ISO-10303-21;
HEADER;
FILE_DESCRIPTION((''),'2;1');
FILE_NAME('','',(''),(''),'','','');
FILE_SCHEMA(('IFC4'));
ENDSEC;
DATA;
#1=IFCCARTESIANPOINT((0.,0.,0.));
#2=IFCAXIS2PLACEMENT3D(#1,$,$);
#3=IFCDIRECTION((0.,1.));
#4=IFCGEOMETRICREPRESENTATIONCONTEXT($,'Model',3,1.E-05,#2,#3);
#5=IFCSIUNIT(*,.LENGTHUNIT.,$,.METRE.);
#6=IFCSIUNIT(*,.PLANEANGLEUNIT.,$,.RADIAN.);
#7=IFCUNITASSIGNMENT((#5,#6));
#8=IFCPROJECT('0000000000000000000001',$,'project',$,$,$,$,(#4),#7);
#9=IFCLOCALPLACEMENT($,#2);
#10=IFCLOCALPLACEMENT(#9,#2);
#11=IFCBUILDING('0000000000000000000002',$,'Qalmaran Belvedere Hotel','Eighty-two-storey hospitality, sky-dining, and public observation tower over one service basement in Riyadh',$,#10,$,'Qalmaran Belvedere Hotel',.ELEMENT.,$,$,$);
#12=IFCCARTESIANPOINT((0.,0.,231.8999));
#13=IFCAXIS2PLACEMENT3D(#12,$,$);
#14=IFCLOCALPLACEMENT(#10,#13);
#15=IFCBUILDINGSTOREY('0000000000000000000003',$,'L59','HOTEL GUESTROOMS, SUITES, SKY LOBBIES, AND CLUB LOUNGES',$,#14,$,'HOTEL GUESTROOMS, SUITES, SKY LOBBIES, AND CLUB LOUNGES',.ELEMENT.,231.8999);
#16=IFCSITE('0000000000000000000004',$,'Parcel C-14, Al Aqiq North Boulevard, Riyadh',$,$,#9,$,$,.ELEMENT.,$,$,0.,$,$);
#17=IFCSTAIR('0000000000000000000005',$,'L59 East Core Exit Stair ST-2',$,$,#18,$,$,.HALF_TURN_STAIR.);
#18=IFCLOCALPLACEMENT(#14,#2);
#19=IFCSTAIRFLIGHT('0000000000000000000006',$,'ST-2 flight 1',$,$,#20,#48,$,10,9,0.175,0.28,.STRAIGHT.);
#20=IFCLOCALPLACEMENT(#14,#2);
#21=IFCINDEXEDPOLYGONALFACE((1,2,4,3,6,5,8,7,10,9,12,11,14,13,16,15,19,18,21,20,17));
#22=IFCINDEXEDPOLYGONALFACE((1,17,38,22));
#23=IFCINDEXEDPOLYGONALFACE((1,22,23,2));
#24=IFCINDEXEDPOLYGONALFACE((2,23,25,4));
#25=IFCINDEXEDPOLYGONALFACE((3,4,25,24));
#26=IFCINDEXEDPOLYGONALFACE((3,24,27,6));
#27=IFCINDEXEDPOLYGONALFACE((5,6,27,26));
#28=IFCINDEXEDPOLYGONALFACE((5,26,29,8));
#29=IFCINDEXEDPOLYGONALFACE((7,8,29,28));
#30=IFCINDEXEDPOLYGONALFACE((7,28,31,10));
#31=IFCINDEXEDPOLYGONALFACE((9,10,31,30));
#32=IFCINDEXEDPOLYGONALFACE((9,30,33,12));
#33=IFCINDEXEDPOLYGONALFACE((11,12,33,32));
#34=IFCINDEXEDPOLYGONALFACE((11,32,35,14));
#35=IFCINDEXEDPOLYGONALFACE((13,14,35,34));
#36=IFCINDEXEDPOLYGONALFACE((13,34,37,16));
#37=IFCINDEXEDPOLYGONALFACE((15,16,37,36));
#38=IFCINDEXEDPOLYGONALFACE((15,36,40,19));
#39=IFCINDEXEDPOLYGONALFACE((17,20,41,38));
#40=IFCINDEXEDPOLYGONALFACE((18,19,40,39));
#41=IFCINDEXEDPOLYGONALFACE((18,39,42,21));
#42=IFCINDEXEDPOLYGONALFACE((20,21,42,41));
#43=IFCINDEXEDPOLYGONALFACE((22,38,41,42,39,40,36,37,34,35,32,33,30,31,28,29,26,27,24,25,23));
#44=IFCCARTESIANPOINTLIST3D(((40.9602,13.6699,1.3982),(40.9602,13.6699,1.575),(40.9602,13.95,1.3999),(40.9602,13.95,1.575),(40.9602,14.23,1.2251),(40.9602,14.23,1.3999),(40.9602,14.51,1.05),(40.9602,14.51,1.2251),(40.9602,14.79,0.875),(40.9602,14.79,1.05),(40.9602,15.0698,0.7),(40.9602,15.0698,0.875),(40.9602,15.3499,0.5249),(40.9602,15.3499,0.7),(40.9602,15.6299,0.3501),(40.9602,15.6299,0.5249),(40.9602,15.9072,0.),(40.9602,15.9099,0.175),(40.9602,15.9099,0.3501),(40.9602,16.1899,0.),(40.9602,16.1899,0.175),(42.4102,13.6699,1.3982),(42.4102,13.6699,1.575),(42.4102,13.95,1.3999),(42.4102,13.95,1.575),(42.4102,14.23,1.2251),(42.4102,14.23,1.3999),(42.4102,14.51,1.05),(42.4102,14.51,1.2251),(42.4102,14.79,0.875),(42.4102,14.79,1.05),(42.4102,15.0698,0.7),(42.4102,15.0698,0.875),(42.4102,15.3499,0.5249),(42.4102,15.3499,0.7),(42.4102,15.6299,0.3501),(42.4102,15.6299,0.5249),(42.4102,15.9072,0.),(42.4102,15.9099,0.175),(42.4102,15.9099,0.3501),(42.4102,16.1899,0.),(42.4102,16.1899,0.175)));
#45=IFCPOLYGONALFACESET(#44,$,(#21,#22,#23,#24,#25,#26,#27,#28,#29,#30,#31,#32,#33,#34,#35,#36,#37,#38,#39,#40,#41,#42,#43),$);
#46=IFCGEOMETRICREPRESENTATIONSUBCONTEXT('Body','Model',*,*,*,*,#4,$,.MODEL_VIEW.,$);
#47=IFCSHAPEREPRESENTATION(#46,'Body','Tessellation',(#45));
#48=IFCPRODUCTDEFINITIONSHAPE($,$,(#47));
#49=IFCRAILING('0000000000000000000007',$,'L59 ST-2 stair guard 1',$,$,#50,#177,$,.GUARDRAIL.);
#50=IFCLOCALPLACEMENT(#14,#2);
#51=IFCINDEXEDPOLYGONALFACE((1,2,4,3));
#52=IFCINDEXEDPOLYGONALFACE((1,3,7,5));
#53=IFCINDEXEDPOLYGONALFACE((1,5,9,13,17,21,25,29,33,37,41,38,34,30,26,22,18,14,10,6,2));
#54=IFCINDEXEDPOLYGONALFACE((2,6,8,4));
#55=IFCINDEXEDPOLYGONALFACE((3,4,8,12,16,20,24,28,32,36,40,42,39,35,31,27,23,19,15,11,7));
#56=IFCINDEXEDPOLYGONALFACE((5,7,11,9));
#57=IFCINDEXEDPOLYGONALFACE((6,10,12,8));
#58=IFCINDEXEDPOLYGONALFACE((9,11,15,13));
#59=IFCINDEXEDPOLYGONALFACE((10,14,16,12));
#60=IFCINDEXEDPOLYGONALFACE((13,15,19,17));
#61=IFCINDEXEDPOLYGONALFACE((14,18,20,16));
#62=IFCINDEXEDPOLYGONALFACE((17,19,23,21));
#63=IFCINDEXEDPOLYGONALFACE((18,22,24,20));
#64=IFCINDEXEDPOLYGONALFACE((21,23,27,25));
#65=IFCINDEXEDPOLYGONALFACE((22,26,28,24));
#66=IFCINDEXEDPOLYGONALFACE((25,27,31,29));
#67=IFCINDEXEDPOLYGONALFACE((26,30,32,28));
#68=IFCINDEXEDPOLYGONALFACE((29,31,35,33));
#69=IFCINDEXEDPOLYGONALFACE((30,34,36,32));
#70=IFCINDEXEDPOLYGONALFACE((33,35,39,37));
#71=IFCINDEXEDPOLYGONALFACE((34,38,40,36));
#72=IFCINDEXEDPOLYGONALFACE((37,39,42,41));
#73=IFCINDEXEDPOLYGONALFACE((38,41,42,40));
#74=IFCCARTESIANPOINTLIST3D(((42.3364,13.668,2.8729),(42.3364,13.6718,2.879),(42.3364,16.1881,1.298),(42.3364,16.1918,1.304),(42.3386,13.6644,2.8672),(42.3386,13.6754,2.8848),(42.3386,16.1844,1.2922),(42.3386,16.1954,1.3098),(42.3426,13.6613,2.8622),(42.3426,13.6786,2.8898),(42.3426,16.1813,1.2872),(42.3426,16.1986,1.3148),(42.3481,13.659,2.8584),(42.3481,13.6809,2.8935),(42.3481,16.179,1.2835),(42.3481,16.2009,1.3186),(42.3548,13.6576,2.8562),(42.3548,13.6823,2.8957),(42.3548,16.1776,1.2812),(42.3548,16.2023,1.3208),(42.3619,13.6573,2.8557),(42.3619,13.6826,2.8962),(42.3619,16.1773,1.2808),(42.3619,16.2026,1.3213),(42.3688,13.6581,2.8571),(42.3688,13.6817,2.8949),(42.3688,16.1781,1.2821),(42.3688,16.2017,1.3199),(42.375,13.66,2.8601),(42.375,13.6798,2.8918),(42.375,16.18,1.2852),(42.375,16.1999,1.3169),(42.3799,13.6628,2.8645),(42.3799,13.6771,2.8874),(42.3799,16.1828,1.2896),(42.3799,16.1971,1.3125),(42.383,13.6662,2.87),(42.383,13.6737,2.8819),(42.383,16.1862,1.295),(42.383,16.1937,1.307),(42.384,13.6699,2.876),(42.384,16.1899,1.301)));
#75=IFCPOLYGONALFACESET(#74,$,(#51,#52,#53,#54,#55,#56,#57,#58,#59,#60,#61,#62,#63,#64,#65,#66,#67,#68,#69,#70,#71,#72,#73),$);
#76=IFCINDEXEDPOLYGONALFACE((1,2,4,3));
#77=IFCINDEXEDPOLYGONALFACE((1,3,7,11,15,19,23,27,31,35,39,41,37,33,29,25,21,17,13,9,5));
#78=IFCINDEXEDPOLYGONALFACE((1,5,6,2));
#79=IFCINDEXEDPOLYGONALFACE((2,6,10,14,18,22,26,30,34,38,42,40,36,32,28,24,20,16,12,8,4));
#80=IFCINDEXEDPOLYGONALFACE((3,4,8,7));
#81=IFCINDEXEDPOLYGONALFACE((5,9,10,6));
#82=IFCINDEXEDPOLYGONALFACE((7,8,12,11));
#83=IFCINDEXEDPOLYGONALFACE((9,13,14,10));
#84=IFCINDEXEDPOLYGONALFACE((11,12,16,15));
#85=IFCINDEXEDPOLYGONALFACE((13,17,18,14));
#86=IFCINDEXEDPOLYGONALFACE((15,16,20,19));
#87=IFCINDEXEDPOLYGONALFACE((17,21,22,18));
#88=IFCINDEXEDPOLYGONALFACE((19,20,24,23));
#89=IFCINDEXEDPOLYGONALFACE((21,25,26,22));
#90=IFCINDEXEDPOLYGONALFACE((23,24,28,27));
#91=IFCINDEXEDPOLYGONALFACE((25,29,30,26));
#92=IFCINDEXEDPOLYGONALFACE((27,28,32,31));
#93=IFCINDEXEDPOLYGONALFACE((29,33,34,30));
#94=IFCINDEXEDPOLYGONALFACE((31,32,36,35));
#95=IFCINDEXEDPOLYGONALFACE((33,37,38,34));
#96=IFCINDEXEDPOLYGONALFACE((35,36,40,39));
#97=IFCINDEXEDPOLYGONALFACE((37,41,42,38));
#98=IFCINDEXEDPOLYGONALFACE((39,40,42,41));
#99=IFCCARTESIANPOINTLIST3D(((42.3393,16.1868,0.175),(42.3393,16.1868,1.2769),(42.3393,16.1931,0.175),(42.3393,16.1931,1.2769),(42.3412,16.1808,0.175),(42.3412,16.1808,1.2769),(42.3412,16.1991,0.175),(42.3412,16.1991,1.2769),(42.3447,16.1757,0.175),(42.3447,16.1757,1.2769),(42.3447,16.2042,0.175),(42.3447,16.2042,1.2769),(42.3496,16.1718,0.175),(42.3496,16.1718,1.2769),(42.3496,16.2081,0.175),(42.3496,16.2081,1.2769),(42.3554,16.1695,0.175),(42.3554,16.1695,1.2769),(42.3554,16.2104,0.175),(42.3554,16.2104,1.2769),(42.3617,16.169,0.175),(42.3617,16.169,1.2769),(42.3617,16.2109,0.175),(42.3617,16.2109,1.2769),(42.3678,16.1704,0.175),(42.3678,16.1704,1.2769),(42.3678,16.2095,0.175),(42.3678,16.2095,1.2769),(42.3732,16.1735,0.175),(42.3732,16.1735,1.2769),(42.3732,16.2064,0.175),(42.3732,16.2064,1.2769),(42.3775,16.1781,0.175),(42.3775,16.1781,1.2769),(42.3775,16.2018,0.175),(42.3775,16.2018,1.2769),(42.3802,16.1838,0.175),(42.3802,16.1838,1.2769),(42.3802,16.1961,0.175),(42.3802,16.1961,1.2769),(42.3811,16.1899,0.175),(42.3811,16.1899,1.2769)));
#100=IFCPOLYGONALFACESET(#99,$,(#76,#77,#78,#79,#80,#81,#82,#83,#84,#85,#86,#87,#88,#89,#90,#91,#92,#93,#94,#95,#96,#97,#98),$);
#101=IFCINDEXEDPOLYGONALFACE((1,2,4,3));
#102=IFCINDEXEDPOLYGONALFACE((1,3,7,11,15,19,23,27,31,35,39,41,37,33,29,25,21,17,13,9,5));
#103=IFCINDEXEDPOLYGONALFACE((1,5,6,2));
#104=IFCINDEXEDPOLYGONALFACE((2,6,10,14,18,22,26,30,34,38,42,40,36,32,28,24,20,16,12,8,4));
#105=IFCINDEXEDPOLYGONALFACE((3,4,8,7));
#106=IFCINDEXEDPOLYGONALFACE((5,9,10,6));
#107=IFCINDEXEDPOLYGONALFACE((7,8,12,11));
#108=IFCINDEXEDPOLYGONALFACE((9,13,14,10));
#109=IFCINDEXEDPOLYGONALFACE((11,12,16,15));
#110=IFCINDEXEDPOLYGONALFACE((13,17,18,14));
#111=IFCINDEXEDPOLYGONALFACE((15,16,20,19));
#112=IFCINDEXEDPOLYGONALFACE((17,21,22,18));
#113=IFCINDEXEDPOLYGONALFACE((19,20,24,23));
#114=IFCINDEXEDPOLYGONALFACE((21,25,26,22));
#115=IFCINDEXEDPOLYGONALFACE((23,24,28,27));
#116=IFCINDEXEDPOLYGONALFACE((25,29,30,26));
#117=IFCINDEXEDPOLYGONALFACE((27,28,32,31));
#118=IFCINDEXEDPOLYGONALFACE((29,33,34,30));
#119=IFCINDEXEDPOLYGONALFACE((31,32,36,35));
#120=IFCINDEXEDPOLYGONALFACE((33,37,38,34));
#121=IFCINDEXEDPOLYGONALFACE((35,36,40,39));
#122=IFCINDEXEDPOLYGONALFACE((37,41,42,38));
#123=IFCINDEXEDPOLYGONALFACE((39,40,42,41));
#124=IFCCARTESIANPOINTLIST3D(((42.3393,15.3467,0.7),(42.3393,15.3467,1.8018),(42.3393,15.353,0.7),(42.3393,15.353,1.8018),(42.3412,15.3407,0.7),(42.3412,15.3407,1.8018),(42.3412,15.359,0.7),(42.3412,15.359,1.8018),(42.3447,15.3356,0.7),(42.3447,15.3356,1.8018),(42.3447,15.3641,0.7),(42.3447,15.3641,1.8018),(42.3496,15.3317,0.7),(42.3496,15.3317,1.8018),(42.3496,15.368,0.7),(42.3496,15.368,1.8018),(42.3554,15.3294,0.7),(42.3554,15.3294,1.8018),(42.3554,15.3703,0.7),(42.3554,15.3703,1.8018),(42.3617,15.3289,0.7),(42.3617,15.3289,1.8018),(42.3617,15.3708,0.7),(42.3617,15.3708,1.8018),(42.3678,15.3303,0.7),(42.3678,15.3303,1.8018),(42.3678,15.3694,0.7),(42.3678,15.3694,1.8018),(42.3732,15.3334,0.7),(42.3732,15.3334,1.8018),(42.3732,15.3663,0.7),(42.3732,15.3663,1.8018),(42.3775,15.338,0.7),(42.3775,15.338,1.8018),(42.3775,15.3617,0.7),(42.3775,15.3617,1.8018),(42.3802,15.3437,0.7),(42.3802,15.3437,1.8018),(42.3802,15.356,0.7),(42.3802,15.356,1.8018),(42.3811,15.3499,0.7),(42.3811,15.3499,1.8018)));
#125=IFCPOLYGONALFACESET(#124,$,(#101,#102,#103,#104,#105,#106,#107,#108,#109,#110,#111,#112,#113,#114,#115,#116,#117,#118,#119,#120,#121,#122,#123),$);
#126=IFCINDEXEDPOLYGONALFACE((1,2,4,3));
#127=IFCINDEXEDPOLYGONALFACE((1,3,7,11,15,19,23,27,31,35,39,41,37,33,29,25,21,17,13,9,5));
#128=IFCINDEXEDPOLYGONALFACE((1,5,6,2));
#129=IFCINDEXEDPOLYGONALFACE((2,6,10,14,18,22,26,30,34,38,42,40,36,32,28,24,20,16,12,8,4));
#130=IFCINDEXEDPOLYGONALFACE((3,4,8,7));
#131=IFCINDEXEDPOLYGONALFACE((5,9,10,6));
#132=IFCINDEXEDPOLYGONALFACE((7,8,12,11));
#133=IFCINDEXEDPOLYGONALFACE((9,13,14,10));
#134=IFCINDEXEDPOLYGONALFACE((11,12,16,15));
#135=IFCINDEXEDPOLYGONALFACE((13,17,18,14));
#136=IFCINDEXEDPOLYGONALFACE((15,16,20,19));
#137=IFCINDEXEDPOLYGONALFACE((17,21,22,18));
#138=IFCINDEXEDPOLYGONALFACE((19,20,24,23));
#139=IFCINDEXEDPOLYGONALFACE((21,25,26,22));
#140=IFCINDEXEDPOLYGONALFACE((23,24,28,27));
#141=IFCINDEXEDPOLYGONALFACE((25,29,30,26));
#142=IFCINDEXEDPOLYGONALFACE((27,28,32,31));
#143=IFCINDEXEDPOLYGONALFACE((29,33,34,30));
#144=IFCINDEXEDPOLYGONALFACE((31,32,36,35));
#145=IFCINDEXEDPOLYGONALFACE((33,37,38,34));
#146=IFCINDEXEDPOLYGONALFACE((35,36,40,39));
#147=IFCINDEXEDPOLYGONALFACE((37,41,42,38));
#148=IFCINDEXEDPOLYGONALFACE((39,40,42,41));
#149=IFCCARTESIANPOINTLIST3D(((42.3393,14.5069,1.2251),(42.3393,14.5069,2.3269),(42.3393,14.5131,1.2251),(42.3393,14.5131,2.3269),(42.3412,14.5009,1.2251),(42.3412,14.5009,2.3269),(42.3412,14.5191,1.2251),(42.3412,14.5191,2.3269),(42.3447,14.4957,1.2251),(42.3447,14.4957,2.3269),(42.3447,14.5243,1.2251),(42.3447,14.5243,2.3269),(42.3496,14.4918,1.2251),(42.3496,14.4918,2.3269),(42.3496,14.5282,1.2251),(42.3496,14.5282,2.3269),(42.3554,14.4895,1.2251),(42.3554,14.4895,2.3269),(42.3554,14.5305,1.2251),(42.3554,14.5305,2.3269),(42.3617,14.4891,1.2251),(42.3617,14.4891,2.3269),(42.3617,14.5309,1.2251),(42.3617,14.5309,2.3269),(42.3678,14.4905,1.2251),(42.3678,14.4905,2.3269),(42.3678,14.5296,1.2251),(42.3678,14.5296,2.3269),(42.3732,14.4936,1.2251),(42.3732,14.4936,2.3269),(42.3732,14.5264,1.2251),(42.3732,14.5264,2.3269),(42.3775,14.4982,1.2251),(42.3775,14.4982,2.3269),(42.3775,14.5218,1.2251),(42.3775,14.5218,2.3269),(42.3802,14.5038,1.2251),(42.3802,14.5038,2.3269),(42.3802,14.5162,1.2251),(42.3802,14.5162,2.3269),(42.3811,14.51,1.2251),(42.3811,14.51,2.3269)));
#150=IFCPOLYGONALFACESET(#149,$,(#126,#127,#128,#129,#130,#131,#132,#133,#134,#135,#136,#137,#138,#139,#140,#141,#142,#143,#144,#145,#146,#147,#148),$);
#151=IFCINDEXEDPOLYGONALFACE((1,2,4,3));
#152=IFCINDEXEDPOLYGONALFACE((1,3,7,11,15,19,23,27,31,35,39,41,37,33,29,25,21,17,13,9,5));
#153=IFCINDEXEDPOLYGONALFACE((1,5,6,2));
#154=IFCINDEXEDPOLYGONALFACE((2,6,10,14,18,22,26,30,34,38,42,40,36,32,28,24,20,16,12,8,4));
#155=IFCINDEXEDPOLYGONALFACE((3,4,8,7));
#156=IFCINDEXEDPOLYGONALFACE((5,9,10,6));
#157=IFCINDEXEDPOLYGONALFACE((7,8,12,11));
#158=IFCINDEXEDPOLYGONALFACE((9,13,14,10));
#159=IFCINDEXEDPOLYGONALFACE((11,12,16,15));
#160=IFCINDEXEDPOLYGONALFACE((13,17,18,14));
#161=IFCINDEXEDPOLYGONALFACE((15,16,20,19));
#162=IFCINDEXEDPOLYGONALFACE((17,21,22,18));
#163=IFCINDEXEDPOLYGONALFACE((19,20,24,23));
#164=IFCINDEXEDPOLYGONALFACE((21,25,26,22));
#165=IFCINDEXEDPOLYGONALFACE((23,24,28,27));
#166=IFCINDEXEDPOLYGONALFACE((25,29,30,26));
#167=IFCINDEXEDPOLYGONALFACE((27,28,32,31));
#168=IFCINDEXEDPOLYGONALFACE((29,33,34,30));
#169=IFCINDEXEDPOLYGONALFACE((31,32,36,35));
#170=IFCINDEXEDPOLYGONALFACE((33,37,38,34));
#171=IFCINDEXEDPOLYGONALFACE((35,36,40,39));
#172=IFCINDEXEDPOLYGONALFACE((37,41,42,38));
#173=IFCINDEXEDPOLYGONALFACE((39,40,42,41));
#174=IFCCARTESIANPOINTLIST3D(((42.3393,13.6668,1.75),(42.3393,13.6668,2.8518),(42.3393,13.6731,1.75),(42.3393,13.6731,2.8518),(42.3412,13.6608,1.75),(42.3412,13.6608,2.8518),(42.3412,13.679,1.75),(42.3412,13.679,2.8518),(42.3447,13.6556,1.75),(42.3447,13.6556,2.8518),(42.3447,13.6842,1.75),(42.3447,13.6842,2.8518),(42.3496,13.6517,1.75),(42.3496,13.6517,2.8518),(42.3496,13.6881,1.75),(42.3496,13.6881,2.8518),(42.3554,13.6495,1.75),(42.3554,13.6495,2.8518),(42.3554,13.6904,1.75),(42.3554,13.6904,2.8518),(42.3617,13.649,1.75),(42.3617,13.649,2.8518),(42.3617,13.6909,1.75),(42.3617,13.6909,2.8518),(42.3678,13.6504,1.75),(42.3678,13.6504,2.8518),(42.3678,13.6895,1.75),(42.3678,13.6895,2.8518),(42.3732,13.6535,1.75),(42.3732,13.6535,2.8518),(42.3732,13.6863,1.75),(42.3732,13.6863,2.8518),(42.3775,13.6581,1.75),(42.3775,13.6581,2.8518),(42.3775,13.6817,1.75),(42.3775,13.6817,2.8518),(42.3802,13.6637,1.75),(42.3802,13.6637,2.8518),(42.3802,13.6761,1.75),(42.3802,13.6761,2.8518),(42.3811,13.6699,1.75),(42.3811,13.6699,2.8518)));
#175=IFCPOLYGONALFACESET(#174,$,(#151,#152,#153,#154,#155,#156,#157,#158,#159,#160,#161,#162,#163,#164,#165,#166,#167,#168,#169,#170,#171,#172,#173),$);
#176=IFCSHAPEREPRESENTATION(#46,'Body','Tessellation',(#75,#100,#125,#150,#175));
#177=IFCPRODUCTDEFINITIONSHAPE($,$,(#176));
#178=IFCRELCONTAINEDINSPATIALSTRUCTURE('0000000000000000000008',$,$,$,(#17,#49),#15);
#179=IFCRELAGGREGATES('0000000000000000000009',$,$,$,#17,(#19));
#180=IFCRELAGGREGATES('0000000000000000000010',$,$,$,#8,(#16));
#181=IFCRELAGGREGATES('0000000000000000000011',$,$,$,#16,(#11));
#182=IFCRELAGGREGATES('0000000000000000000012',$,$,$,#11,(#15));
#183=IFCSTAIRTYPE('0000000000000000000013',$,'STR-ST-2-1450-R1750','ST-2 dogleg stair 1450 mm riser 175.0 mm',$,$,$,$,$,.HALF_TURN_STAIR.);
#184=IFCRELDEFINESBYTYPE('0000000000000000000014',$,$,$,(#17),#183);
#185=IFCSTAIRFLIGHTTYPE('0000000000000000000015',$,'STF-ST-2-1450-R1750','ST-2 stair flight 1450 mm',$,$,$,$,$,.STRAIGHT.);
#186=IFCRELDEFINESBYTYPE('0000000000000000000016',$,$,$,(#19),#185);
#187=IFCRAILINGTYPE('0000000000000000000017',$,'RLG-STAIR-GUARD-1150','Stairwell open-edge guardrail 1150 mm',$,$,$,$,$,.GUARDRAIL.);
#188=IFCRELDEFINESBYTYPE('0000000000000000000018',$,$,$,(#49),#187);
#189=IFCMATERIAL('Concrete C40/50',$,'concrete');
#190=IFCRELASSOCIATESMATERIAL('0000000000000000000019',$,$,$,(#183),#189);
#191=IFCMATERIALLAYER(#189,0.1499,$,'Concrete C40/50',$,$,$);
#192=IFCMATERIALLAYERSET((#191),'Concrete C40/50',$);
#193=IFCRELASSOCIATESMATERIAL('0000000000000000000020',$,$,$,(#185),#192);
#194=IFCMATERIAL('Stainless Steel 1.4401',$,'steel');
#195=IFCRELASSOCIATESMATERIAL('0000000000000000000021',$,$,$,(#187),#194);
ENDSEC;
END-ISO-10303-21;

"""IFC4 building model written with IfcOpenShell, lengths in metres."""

from ifc_helpers import new_model, si_unit, direction, frame, origin, origin_2d, place, context, subcontext, project, spatial, polyline, circle, outline, extrude, material, layer, layer_set, type_object, element, aggregate, save


model = new_model("IFC4")

# Units and contexts
model_context = context("Model", 3, precision=1e-05, world=origin(), true_north=direction((0.0, 1.0)))
body_context = subcontext(model_context, "Body", "Model", "MODEL_VIEW")
ifc_project = project(units=[si_unit("LENGTHUNIT", "METRE"), si_unit("PLANEANGLEUNIT", "RADIAN")], contexts=[model_context])

# Site, building, storey
site_placement = place(None, origin())
site = spatial("IfcSite", under=ifc_project, at=site_placement, Name="Parcel C-14, Al Aqiq North Boulevard, Riyadh", CompositionType="ELEMENT", RefElevation=0.0)
building_placement = place(site_placement, origin())
building = spatial("IfcBuilding", under=site, at=building_placement, Name="Qalmaran Belvedere Hotel", Description="Eighty-two-storey hospitality, sky-dining, and public observation tower over one service basement in Riyadh", LongName="Qalmaran Belvedere Hotel", CompositionType="ELEMENT")
storey_placement = place(building_placement, frame((0.0, 0.0, 231.8999)))
storey = spatial("IfcBuildingStorey", under=building, at=storey_placement, Name="L59", Description="HOTEL GUESTROOMS, SUITES, SKY LOBBIES, AND CLUB LOUNGES", LongName="HOTEL GUESTROOMS, SUITES, SKY LOBBIES, AND CLUB LOUNGES", CompositionType="ELEMENT", Elevation=231.8999)

# Shared definitions
ifc_material_1 = material(Name="Stainless Steel 1.4401", Category="steel")

# Stair, stair flight
ifc_material_2 = material(Name="Concrete C40/50", Category="concrete")
stair_type = type_object("IfcStairType", Name="STR-ST-2-1450-R1750", Description="ST-2 dogleg stair 1450 mm riser 175.0 mm", PredefinedType="HALF_TURN_STAIR", material=ifc_material_2)
stair_placement = place(storey_placement, origin())
stair = element("IfcStair", 1, at=stair_placement, inside=storey, type_object=stair_type, Name="L59 East Core Exit Stair ST-2", PredefinedType="HALF_TURN_STAIR")
ifc_layer_1 = layer(ifc_material_2, 0.1499, Name="Concrete C40/50")
ifc_layer_set_1 = layer_set([ifc_layer_1], Name="Concrete C40/50")
stair_flight_type = type_object("IfcStairFlightType", Name="STF-ST-2-1450-R1750", Description="ST-2 stair flight 1450 mm", PredefinedType="STRAIGHT", material=ifc_layer_set_1)
stair_flight_placement = place(storey_placement, frame((41.6851, 16.1899, 0.0), z_axis=(0.0, 0.0, 1.0), x_axis=(0.0, -1.0, 0.0)))
stair_flight = element("IfcStairFlight", 2, at=stair_flight_placement, type_object=stair_flight_type, Name="ST-2 flight 1", NumberOfRisers=10, NumberOfTreads=9, PredefinedType="STRAIGHT", RiserHeight=0.175, TreadLength=0.28, context=body_context, shape_type="SweptSolid", body=[
    extrude(outline(polyline([(0.0, 0.0), (0.0, 0.175), (0.28, 0.175), (0.28, 0.3501), (0.5601, 0.3501), (0.5601, 0.5249), (0.8401, 0.5249), (0.8401, 0.7), (1.1201, 0.7), (1.1201, 0.875), (1.3999, 0.875), (1.3999, 1.05), (1.6799, 1.05), (1.6799, 1.2251), (1.96, 1.2251), (1.96, 1.3999), (2.24, 1.3999), (2.24, 1.575), (2.52, 1.575), (2.52, 1.75), (2.52, 1.3982), (0.2827, 0.0), (0.0, 0.0)])), frame((0.0, 0.7251, 0.0), z_axis=(0.0, -1.0, 0.0), x_axis=(1.0, 0.0, 0.0)), (0.0, 0.0, 1.0), 1.45),
])
aggregate(stair, [stair_flight])

# Railing
railing_type_1 = type_object("IfcRailingType", Name="RLG-STAIR-GUARD-1150", Description="Stairwell open-edge guardrail 1150 mm", PredefinedType="GUARDRAIL", material=ifc_material_1)
railing_1_placement = place(storey_placement, frame((42.3601, 16.1899, 0.175)))
element("IfcRailing", 3, at=railing_1_placement, inside=storey, type_object=railing_type_1, Name="L59 ST-2 stair guard 1", PredefinedType="GUARDRAIL", context=body_context, shape_type="SweptSolid", body=[
    extrude(circle(Radius=0.0239, at=origin_2d()), frame((0.0, 0.0, 1.126), z_axis=(0.0, -0.848008, 0.529984), x_axis=(1.0, 0.0, 0.0)), (0.0, 0.0, 1.0), 2.9717),
    extrude(circle(Radius=0.021, at=origin_2d()), origin(), (0.0, 0.0, 1.0), 1.1018),
    extrude(circle(Radius=0.021, at=origin_2d()), frame((0.0, -0.8401, 0.5249)), (0.0, 0.0, 1.0), 1.1018),
    extrude(circle(Radius=0.021, at=origin_2d()), frame((0.0, -1.6799, 1.05)), (0.0, 0.0, 1.0), 1.1018),
    extrude(circle(Radius=0.021, at=origin_2d()), frame((0.0, -2.52, 1.575)), (0.0, 0.0, 1.0), 1.1018),
])

save(model, "model.ifc")
